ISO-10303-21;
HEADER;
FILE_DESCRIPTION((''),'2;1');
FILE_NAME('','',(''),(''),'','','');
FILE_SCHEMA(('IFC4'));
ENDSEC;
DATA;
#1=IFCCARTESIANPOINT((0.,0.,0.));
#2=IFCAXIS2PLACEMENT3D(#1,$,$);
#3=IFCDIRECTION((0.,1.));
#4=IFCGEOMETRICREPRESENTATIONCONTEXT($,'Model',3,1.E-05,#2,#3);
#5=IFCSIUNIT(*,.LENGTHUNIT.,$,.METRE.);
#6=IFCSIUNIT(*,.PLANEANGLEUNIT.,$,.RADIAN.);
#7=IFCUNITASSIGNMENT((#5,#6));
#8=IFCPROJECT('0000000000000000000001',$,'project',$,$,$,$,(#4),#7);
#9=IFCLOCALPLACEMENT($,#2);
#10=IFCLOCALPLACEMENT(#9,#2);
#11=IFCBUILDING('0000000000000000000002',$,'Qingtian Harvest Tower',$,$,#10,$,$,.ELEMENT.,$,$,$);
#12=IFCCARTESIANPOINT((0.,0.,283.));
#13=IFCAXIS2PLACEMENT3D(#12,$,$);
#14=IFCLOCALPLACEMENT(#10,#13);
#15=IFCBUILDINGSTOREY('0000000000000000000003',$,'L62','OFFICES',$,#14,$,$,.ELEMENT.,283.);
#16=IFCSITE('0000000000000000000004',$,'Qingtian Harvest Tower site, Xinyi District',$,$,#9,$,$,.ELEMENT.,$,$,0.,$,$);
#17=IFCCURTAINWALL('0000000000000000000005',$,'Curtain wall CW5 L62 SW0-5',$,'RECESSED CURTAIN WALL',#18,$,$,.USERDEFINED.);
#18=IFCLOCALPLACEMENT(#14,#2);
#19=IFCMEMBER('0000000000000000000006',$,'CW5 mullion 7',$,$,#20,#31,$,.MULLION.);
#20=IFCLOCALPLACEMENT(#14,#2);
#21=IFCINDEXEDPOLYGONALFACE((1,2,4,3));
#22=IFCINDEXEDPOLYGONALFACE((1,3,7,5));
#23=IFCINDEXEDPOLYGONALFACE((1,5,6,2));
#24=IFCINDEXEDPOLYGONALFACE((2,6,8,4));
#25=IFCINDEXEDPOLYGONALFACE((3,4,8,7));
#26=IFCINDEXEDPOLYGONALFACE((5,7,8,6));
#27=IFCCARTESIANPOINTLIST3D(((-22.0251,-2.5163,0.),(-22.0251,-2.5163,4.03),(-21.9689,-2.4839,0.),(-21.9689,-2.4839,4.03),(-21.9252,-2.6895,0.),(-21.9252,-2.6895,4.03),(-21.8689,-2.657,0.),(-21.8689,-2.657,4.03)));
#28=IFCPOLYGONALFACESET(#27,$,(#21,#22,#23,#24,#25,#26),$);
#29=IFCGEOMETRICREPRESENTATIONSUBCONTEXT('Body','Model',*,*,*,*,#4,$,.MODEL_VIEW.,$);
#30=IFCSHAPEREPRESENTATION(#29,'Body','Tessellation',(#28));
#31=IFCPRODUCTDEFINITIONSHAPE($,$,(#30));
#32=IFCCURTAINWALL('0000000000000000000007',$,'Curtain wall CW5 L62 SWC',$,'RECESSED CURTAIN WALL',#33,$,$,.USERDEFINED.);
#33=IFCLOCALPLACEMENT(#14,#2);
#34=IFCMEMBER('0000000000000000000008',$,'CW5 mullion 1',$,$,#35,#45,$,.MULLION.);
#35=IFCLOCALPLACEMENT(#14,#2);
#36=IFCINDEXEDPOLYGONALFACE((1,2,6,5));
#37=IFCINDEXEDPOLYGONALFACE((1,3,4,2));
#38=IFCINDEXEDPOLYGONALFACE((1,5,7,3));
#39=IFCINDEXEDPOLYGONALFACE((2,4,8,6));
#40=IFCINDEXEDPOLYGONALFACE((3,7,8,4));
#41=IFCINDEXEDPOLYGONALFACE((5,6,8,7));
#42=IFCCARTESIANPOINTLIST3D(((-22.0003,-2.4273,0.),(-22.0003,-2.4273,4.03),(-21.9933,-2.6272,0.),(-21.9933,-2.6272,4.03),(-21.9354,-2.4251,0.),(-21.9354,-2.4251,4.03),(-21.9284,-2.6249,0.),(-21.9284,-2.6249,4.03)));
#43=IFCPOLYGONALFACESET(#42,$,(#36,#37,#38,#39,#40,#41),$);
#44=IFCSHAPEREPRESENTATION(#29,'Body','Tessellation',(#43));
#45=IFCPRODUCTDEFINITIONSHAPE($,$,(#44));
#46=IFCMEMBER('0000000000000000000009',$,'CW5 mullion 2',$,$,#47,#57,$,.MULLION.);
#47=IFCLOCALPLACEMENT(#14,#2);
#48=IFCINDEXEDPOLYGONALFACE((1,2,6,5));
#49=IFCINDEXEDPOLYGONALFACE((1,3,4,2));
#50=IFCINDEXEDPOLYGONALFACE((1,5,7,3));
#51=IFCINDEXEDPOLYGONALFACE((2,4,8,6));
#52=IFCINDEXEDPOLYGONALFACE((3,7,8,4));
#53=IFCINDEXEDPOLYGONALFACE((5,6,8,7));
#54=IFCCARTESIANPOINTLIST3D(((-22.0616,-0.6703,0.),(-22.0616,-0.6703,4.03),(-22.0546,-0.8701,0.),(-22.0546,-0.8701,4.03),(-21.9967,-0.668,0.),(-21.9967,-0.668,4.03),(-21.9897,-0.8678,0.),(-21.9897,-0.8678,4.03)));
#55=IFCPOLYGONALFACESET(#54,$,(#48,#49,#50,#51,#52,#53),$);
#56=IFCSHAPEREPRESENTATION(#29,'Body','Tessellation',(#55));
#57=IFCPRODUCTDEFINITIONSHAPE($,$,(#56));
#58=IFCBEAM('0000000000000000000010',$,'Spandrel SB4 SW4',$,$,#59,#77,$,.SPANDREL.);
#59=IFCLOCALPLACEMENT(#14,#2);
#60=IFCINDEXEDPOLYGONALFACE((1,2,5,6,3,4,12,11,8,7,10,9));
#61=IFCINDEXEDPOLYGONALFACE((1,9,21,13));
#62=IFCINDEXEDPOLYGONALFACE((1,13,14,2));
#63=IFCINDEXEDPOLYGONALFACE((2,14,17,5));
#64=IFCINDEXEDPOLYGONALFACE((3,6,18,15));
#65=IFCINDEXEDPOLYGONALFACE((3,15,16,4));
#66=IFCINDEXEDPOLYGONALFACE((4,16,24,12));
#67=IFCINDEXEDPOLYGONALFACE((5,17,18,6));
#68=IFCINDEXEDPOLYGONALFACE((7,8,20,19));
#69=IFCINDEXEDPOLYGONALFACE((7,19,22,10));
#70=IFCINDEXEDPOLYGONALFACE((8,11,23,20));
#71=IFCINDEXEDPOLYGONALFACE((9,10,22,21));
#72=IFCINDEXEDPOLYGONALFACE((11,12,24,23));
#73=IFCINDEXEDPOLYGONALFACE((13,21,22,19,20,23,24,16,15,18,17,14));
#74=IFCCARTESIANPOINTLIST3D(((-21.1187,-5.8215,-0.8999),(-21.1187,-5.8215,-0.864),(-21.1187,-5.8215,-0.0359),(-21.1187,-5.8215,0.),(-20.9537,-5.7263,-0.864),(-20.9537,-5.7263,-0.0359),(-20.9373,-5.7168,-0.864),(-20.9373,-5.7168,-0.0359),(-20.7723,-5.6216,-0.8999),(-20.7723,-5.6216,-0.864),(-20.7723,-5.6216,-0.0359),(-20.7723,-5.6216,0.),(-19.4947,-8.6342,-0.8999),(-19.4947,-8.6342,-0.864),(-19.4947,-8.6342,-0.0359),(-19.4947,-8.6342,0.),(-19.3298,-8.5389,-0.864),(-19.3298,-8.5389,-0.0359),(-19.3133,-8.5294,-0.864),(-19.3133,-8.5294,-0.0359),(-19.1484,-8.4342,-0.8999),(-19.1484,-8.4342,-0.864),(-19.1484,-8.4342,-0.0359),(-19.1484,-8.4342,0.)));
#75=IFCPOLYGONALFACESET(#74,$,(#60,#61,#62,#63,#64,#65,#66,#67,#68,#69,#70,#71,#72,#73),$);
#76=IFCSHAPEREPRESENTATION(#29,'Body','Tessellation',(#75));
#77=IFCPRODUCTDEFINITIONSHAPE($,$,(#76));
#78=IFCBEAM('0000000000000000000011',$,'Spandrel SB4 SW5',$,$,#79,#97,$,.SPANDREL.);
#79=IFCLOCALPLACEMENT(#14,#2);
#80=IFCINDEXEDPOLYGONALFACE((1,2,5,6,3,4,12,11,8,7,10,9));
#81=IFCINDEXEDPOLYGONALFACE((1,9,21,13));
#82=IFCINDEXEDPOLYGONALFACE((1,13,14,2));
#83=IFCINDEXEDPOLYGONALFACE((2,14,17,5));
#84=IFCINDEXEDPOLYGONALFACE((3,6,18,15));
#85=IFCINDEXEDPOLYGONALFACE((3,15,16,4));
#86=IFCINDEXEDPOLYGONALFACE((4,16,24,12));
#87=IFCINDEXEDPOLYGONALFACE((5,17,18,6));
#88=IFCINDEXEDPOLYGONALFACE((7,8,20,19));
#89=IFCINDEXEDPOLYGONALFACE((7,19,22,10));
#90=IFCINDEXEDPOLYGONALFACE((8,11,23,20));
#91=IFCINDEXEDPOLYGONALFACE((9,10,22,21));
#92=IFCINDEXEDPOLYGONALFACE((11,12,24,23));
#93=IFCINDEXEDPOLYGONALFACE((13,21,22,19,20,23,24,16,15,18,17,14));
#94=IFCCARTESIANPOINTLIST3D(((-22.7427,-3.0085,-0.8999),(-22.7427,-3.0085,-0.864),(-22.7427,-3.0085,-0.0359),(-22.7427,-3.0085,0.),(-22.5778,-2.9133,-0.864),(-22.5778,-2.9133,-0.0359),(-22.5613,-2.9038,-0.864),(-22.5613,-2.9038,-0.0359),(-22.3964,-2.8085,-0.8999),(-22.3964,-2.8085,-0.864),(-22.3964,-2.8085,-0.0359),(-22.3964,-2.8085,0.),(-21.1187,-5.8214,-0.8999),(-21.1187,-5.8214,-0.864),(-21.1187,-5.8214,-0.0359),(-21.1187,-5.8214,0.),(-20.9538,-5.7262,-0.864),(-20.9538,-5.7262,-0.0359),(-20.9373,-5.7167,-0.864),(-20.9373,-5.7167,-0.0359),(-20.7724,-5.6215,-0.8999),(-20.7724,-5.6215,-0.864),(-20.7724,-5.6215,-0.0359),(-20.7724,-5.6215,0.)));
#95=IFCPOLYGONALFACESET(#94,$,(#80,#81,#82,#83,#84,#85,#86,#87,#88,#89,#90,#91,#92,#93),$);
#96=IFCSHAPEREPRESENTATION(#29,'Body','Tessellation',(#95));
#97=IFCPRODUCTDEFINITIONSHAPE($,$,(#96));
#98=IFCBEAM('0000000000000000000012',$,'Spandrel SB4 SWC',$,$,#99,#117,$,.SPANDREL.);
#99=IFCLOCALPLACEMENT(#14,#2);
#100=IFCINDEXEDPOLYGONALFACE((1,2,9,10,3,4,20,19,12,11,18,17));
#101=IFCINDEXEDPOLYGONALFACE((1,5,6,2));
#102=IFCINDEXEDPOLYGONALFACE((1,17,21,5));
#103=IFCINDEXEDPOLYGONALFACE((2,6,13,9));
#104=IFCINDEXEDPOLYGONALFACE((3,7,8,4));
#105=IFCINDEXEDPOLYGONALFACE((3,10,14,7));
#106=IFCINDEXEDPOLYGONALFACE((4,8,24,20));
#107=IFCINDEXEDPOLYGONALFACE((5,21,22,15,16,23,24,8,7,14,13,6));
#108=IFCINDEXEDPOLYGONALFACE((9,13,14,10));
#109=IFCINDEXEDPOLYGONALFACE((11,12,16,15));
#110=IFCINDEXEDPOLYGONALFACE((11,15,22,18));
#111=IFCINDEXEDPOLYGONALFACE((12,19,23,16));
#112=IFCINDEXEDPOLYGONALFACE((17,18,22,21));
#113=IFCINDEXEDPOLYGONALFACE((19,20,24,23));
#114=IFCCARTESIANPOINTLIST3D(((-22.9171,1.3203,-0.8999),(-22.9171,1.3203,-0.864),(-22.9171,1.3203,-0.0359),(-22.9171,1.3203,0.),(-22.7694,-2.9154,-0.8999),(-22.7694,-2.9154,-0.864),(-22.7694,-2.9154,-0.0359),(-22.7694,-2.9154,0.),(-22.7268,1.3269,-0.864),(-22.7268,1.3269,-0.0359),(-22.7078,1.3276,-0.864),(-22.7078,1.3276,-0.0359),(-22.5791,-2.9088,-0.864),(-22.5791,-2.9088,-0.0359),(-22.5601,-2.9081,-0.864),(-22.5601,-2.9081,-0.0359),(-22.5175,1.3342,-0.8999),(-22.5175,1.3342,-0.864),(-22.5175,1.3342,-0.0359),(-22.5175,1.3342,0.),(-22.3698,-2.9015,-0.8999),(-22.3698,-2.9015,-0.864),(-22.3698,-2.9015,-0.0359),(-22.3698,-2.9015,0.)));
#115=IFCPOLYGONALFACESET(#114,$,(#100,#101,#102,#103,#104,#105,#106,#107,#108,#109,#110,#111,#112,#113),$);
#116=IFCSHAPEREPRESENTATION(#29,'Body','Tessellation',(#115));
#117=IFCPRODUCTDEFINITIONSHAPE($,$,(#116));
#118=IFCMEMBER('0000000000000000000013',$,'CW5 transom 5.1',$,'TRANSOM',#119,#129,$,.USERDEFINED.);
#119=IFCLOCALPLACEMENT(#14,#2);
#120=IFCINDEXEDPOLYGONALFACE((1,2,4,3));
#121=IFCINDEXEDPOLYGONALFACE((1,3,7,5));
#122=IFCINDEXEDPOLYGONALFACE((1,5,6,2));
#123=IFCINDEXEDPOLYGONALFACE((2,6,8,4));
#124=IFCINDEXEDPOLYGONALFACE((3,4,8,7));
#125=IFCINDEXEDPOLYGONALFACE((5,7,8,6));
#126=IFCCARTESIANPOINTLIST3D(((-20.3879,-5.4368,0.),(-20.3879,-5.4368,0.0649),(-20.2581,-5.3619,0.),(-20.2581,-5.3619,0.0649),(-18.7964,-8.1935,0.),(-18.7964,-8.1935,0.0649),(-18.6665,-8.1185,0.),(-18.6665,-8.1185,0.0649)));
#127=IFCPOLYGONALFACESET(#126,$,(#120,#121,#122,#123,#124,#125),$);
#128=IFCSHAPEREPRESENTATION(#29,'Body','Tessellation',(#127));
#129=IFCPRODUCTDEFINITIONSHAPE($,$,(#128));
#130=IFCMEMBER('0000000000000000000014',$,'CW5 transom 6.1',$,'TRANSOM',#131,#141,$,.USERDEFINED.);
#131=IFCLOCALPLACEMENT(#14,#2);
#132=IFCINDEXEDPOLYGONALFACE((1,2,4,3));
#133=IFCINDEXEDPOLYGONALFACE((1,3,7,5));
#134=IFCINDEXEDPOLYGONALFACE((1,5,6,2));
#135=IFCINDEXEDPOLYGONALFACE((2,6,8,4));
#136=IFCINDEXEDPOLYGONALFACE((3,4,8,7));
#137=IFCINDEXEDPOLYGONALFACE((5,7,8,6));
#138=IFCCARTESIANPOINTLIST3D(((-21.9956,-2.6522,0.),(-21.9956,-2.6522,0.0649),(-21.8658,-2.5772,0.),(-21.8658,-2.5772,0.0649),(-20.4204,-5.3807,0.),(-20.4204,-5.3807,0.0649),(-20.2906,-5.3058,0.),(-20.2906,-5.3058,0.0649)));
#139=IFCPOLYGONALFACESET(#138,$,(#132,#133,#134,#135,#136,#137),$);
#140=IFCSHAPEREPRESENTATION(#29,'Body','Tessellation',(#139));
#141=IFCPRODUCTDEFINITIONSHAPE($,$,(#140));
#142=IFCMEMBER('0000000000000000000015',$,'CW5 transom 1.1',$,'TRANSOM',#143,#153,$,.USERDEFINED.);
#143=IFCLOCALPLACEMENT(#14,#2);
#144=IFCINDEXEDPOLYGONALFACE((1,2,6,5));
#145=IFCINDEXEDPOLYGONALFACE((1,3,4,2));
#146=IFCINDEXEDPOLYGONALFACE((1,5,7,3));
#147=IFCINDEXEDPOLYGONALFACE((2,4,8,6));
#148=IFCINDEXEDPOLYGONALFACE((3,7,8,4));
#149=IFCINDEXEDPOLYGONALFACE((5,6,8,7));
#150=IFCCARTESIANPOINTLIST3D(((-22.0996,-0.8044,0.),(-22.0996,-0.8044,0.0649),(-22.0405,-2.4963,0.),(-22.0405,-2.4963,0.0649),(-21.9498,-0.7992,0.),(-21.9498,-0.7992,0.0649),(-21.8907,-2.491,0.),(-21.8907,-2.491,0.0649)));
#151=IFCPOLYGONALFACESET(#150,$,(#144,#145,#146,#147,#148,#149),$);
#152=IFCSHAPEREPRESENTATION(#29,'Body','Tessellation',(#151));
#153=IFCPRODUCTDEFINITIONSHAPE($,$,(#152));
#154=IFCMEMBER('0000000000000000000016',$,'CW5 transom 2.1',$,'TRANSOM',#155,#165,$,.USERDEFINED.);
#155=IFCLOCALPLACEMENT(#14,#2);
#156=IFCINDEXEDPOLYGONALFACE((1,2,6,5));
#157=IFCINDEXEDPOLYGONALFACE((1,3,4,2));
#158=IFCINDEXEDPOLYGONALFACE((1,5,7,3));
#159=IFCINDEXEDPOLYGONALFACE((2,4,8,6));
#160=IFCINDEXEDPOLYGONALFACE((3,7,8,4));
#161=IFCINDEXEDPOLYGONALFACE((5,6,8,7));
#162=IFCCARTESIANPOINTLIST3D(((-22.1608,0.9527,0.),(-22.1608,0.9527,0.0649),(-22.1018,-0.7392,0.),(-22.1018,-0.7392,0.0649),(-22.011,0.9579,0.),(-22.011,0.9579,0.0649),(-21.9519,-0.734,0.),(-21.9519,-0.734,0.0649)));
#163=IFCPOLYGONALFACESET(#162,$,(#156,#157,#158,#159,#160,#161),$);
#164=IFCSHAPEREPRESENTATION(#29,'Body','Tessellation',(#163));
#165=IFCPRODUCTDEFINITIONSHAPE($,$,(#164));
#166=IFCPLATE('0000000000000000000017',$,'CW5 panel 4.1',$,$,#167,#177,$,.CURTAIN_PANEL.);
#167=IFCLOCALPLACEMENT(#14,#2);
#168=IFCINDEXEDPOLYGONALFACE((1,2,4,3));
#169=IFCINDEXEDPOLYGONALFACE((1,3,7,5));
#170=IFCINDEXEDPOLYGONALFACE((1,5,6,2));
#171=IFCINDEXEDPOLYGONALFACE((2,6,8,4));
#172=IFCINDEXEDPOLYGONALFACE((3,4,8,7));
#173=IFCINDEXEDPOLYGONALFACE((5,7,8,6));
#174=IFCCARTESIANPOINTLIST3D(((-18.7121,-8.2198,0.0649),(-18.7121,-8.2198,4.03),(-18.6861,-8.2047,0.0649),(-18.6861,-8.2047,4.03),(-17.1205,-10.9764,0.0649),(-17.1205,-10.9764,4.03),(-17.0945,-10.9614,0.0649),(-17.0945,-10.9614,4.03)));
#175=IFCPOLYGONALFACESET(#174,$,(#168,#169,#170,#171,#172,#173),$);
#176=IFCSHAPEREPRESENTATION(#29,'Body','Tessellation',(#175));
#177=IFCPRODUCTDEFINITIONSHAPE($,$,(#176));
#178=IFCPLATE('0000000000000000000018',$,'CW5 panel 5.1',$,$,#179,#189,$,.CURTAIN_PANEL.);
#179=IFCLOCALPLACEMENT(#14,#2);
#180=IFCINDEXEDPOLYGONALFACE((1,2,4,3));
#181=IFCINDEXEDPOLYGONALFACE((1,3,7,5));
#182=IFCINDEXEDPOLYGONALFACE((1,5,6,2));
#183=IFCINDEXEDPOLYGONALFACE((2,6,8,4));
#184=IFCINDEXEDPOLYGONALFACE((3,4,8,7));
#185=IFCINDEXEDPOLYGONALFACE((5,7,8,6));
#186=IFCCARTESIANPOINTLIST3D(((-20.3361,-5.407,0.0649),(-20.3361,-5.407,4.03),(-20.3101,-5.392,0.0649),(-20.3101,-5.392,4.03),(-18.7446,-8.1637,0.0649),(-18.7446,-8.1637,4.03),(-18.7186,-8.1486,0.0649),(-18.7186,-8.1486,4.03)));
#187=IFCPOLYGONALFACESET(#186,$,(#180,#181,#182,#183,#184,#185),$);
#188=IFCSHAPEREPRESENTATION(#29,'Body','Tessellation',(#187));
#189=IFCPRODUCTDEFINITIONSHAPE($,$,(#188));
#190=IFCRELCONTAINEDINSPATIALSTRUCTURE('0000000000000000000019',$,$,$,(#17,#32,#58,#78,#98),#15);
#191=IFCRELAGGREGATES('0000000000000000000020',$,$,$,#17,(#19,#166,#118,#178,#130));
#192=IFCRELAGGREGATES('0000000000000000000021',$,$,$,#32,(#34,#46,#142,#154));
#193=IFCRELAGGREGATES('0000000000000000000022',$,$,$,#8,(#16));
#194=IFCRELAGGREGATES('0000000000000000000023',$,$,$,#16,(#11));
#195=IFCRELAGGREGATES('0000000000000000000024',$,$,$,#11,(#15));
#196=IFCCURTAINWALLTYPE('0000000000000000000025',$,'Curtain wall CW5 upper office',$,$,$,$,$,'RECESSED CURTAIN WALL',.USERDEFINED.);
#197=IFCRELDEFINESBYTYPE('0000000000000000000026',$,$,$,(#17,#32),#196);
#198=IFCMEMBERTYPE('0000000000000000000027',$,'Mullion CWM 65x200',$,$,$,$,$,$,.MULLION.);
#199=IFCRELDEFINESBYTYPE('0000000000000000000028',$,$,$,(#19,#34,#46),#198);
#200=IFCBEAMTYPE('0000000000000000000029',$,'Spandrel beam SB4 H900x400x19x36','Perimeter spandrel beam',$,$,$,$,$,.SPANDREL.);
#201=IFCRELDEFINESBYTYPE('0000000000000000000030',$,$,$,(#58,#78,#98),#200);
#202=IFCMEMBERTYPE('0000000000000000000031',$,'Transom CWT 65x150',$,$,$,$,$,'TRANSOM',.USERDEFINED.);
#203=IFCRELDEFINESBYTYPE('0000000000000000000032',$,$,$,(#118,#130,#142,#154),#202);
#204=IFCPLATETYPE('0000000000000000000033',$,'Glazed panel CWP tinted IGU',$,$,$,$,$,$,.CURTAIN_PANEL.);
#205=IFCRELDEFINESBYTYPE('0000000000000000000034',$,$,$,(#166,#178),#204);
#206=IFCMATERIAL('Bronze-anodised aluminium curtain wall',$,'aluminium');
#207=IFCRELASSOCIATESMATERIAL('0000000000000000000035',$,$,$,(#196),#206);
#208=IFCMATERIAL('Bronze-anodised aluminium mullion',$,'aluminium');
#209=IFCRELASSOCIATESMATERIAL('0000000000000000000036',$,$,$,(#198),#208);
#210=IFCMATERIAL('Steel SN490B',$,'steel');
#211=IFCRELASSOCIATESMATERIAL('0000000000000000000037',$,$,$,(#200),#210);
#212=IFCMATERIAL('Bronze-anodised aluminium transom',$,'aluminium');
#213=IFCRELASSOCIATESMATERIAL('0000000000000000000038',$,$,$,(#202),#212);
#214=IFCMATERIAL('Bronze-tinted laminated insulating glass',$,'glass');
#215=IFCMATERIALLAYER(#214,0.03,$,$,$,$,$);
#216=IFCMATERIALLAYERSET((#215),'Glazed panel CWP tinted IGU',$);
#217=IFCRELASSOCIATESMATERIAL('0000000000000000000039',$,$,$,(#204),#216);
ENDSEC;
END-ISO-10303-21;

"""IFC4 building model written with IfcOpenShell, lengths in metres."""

from ifc_helpers import new_model, si_unit, direction, frame, origin, origin_2d, place, context, subcontext, project, spatial, rectangle, i_section, extrude, material, layer, layer_set, material_profile, profile_set, type_object, element, aggregate, save


model = new_model("IFC4")

# Units and contexts
model_context = context("Model", 3, precision=1e-05, world=origin(), true_north=direction((0.0, 1.0)))
body_context = subcontext(model_context, "Body", "Model", "MODEL_VIEW")
ifc_project = project(units=[si_unit("LENGTHUNIT", "METRE"), si_unit("PLANEANGLEUNIT", "RADIAN")], contexts=[model_context])

# Site, building, storey
site_placement = place(None, origin())
site = spatial("IfcSite", under=ifc_project, at=site_placement, Name="Qingtian Harvest Tower site, Xinyi District", CompositionType="ELEMENT", RefElevation=0.0)
building_placement = place(site_placement, origin())
building = spatial("IfcBuilding", under=site, at=building_placement, Name="Qingtian Harvest Tower", CompositionType="ELEMENT")
storey_placement = place(building_placement, frame((0.0, 0.0, 283.0)))
storey = spatial("IfcBuildingStorey", under=building, at=storey_placement, Name="L62", Description="OFFICES", CompositionType="ELEMENT", Elevation=283.0)

# Curtain walls, members
ifc_material_1 = material(Name="Bronze-anodised aluminium curtain wall", Category="aluminium")
curtain_wall_type = type_object("IfcCurtainWallType", Name="Curtain wall CW5 upper office", ElementType="RECESSED CURTAIN WALL", PredefinedType="USERDEFINED", material=ifc_material_1)
curtain_wall_1_placement = place(storey_placement, origin())
curtain_wall_1 = element("IfcCurtainWall", 1, at=curtain_wall_1_placement, inside=storey, type_object=curtain_wall_type, Name="Curtain wall CW5 L62 SW0-5", ObjectType="RECESSED CURTAIN WALL", PredefinedType="USERDEFINED")
ifc_material_2 = material(Name="Bronze-anodised aluminium mullion", Category="aluminium")
ifc_material_profile_1 = material_profile(ifc_material_2, rectangle(XDim=0.0649, YDim=0.2, at=origin_2d()), Name="AL 65x200")
ifc_profile_set_1 = profile_set([ifc_material_profile_1], Name="Bronze-anodised aluminium mullion")
member_type_1 = type_object("IfcMemberType", Name="Mullion CWM 65x200", PredefinedType="MULLION", material=ifc_profile_set_1)
member_1_placement = place(storey_placement, frame((-21.947, -2.5867, 0.0), z_axis=(0.0, 0.0, 1.0), x_axis=(-0.866025, -0.5, 0.0)))
member_1 = element("IfcMember", 2, at=member_1_placement, type_object=member_type_1, Name="CW5 mullion 7", PredefinedType="MULLION", context=body_context, shape_type="SweptSolid", body=[
    extrude(rectangle(XDim=0.0649, YDim=0.2, at=origin_2d()), origin(), (0.0, 0.0, 1.0), 4.03),
])
curtain_wall_2_placement = place(storey_placement, origin())
curtain_wall_2 = element("IfcCurtainWall", 3, at=curtain_wall_2_placement, inside=storey, type_object=curtain_wall_type, Name="Curtain wall CW5 L62 SWC", ObjectType="RECESSED CURTAIN WALL", PredefinedType="USERDEFINED")
member_2_placement = place(storey_placement, frame((-21.9644, -2.5261, 0.0), z_axis=(0.0, 0.0, 1.0), x_axis=(-0.999391, -0.034899, 0.0)))
member_2 = element("IfcMember", 4, at=member_2_placement, type_object=member_type_1, Name="CW5 mullion 1", PredefinedType="MULLION", context=body_context, shape_type="SweptSolid", body=[
    extrude(rectangle(XDim=0.0649, YDim=0.2, at=origin_2d()), origin(), (0.0, 0.0, 1.0), 4.03),
])
member_3_placement = place(storey_placement, frame((-22.0256, -0.769, 0.0), z_axis=(0.0, 0.0, 1.0), x_axis=(-0.999391, -0.034899, 0.0)))
member_3 = element("IfcMember", 5, at=member_3_placement, type_object=member_type_1, Name="CW5 mullion 2", PredefinedType="MULLION", context=body_context, shape_type="SweptSolid", body=[
    extrude(rectangle(XDim=0.0649, YDim=0.2, at=origin_2d()), origin(), (0.0, 0.0, 1.0), 4.03),
])

# Beams
ifc_material_3 = material(Name="Steel SN490B", Category="steel")
ifc_material_profile_2 = material_profile(ifc_material_3, i_section(OverallWidth=0.3999, OverallDepth=0.8999, WebThickness=0.019, FlangeThickness=0.0359, at=origin_2d()), Name="H900x400x19x36")
ifc_profile_set_2 = profile_set([ifc_material_profile_2], Name="Steel SN490B")
beam_type_1 = type_object("IfcBeamType", Name="Spandrel beam SB4 H900x400x19x36", Description="Perimeter spandrel beam", PredefinedType="SPANDREL", material=ifc_profile_set_2)
beam_1_placement = place(storey_placement, frame((-19.3215, -8.5342, -0.45), z_axis=(-0.50002, 0.866014, 0.0), x_axis=(-0.866014, -0.50002, 0.0)))
element("IfcBeam", 6, at=beam_1_placement, inside=storey, type_object=beam_type_1, Name="Spandrel SB4 SW4", PredefinedType="SPANDREL", context=body_context, shape_type="SweptSolid", body=[
    extrude(i_section(OverallWidth=0.3999, OverallDepth=0.8999, WebThickness=0.019, FlangeThickness=0.0359, at=origin_2d()), origin(), (0.0, 0.0, 1.0), 3.2478),
])
beam_2_placement = place(storey_placement, frame((-20.9456, -5.7214, -0.45), z_axis=(-0.499987, 0.866033, 0.0), x_axis=(-0.866033, -0.499987, 0.0)))
element("IfcBeam", 7, at=beam_2_placement, inside=storey, type_object=beam_type_1, Name="Spandrel SB4 SW5", PredefinedType="SPANDREL", context=body_context, shape_type="SweptSolid", body=[
    extrude(i_section(OverallWidth=0.3999, OverallDepth=0.8999, WebThickness=0.019, FlangeThickness=0.0359, at=origin_2d()), origin(), (0.0, 0.0, 1.0), 3.248),
])
beam_3_placement = place(storey_placement, frame((-22.5696, -2.9084, -0.45), z_axis=(-0.034851, 0.999393, 0.0), x_axis=(-0.999393, -0.034851, 0.0)))
element("IfcBeam", 8, at=beam_3_placement, inside=storey, type_object=beam_type_1, Name="Spandrel SB4 SWC", PredefinedType="SPANDREL", context=body_context, shape_type="SweptSolid", body=[
    extrude(i_section(OverallWidth=0.3999, OverallDepth=0.8999, WebThickness=0.019, FlangeThickness=0.0359, at=origin_2d()), origin(), (0.0, 0.0, 1.0), 4.2383),
])

# Members
ifc_material_4 = material(Name="Bronze-anodised aluminium transom", Category="aluminium")
ifc_material_profile_3 = material_profile(ifc_material_4, rectangle(XDim=0.1499, YDim=0.0649, at=origin_2d()), Name="AL 65x150")
ifc_profile_set_3 = profile_set([ifc_material_profile_3], Name="Bronze-anodised aluminium transom")
member_type_2 = type_object("IfcMemberType", Name="Transom CWT 65x150", ElementType="TRANSOM", PredefinedType="USERDEFINED", material=ifc_profile_set_3)
member_4_placement = place(storey_placement, frame((-18.7314, -8.156, 0.0325), z_axis=(-0.500008, 0.866021, 0.0), x_axis=(-0.866021, -0.500008, 0.0)))
member_4 = element("IfcMember", 9, at=member_4_placement, type_object=member_type_2, Name="CW5 transom 5.1", ObjectType="TRANSOM", PredefinedType="USERDEFINED", context=body_context, shape_type="SweptSolid", body=[
    extrude(rectangle(XDim=0.1499, YDim=0.0649, at=origin_2d()), origin(), (0.0, 0.0, 1.0), 3.1831),
])
member_5_placement = place(storey_placement, frame((-20.3555, -5.3433, 0.0325), z_axis=(-0.499973, 0.866041, 0.0), x_axis=(-0.866041, -0.499973, 0.0)))
member_5 = element("IfcMember", 10, at=member_5_placement, type_object=member_type_2, Name="CW5 transom 6.1", ObjectType="TRANSOM", PredefinedType="USERDEFINED", context=body_context, shape_type="SweptSolid", body=[
    extrude(rectangle(XDim=0.1499, YDim=0.0649, at=origin_2d()), origin(), (0.0, 0.0, 1.0), 3.1506),
])
member_6_placement = place(storey_placement, frame((-21.9656, -2.4937, 0.0325), z_axis=(-0.034899, 0.999391, 0.0), x_axis=(-0.999391, -0.034899, 0.0)))
member_6 = element("IfcMember", 11, at=member_6_placement, type_object=member_type_2, Name="CW5 transom 1.1", ObjectType="TRANSOM", PredefinedType="USERDEFINED", context=body_context, shape_type="SweptSolid", body=[
    extrude(rectangle(XDim=0.1499, YDim=0.0649, at=origin_2d()), origin(), (0.0, 0.0, 1.0), 1.6929),
])
member_7_placement = place(storey_placement, frame((-22.0269, -0.7366, 0.0325), z_axis=(-0.034899, 0.999391, 0.0), x_axis=(-0.999391, -0.034899, 0.0)))
member_7 = element("IfcMember", 12, at=member_7_placement, type_object=member_type_2, Name="CW5 transom 2.1", ObjectType="TRANSOM", PredefinedType="USERDEFINED", context=body_context, shape_type="SweptSolid", body=[
    extrude(rectangle(XDim=0.1499, YDim=0.0649, at=origin_2d()), origin(), (0.0, 0.0, 1.0), 1.6929),
])

# Plates
ifc_material_5 = material(Name="Bronze-tinted laminated insulating glass", Category="glass")
ifc_layer_1 = layer(ifc_material_5, 0.03)
ifc_layer_set_1 = layer_set([ifc_layer_1], Name="Glazed panel CWP tinted IGU")
plate_type = type_object("IfcPlateType", Name="Glazed panel CWP tinted IGU", PredefinedType="CURTAIN_PANEL", material=ifc_layer_set_1)
plate_1_placement = place(storey_placement, frame((-17.9033, -9.5906, 0.0649), z_axis=(0.0, 0.0, 1.0), x_axis=(-0.5, 0.866025, 0.0)))
plate_1 = element("IfcPlate", 13, at=plate_1_placement, type_object=plate_type, Name="CW5 panel 4.1", PredefinedType="CURTAIN_PANEL", context=body_context, shape_type="SweptSolid", body=[
    extrude(rectangle(XDim=3.1831, YDim=0.03, at=origin_2d()), origin(), (0.0, 0.0, 1.0), 3.9651),
])
plate_2_placement = place(storey_placement, frame((-19.5273, -6.7778, 0.0649), z_axis=(0.0, 0.0, 1.0), x_axis=(-0.5, 0.866025, 0.0)))
plate_2 = element("IfcPlate", 14, at=plate_2_placement, type_object=plate_type, Name="CW5 panel 5.1", PredefinedType="CURTAIN_PANEL", context=body_context, shape_type="SweptSolid", body=[
    extrude(rectangle(XDim=3.1831, YDim=0.03, at=origin_2d()), origin(), (0.0, 0.0, 1.0), 3.9651),
])
aggregate(curtain_wall_1, [member_1, plate_1, member_4, plate_2, member_5])
aggregate(curtain_wall_2, [member_2, member_3, member_6, member_7])

save(model, "model.ifc")
